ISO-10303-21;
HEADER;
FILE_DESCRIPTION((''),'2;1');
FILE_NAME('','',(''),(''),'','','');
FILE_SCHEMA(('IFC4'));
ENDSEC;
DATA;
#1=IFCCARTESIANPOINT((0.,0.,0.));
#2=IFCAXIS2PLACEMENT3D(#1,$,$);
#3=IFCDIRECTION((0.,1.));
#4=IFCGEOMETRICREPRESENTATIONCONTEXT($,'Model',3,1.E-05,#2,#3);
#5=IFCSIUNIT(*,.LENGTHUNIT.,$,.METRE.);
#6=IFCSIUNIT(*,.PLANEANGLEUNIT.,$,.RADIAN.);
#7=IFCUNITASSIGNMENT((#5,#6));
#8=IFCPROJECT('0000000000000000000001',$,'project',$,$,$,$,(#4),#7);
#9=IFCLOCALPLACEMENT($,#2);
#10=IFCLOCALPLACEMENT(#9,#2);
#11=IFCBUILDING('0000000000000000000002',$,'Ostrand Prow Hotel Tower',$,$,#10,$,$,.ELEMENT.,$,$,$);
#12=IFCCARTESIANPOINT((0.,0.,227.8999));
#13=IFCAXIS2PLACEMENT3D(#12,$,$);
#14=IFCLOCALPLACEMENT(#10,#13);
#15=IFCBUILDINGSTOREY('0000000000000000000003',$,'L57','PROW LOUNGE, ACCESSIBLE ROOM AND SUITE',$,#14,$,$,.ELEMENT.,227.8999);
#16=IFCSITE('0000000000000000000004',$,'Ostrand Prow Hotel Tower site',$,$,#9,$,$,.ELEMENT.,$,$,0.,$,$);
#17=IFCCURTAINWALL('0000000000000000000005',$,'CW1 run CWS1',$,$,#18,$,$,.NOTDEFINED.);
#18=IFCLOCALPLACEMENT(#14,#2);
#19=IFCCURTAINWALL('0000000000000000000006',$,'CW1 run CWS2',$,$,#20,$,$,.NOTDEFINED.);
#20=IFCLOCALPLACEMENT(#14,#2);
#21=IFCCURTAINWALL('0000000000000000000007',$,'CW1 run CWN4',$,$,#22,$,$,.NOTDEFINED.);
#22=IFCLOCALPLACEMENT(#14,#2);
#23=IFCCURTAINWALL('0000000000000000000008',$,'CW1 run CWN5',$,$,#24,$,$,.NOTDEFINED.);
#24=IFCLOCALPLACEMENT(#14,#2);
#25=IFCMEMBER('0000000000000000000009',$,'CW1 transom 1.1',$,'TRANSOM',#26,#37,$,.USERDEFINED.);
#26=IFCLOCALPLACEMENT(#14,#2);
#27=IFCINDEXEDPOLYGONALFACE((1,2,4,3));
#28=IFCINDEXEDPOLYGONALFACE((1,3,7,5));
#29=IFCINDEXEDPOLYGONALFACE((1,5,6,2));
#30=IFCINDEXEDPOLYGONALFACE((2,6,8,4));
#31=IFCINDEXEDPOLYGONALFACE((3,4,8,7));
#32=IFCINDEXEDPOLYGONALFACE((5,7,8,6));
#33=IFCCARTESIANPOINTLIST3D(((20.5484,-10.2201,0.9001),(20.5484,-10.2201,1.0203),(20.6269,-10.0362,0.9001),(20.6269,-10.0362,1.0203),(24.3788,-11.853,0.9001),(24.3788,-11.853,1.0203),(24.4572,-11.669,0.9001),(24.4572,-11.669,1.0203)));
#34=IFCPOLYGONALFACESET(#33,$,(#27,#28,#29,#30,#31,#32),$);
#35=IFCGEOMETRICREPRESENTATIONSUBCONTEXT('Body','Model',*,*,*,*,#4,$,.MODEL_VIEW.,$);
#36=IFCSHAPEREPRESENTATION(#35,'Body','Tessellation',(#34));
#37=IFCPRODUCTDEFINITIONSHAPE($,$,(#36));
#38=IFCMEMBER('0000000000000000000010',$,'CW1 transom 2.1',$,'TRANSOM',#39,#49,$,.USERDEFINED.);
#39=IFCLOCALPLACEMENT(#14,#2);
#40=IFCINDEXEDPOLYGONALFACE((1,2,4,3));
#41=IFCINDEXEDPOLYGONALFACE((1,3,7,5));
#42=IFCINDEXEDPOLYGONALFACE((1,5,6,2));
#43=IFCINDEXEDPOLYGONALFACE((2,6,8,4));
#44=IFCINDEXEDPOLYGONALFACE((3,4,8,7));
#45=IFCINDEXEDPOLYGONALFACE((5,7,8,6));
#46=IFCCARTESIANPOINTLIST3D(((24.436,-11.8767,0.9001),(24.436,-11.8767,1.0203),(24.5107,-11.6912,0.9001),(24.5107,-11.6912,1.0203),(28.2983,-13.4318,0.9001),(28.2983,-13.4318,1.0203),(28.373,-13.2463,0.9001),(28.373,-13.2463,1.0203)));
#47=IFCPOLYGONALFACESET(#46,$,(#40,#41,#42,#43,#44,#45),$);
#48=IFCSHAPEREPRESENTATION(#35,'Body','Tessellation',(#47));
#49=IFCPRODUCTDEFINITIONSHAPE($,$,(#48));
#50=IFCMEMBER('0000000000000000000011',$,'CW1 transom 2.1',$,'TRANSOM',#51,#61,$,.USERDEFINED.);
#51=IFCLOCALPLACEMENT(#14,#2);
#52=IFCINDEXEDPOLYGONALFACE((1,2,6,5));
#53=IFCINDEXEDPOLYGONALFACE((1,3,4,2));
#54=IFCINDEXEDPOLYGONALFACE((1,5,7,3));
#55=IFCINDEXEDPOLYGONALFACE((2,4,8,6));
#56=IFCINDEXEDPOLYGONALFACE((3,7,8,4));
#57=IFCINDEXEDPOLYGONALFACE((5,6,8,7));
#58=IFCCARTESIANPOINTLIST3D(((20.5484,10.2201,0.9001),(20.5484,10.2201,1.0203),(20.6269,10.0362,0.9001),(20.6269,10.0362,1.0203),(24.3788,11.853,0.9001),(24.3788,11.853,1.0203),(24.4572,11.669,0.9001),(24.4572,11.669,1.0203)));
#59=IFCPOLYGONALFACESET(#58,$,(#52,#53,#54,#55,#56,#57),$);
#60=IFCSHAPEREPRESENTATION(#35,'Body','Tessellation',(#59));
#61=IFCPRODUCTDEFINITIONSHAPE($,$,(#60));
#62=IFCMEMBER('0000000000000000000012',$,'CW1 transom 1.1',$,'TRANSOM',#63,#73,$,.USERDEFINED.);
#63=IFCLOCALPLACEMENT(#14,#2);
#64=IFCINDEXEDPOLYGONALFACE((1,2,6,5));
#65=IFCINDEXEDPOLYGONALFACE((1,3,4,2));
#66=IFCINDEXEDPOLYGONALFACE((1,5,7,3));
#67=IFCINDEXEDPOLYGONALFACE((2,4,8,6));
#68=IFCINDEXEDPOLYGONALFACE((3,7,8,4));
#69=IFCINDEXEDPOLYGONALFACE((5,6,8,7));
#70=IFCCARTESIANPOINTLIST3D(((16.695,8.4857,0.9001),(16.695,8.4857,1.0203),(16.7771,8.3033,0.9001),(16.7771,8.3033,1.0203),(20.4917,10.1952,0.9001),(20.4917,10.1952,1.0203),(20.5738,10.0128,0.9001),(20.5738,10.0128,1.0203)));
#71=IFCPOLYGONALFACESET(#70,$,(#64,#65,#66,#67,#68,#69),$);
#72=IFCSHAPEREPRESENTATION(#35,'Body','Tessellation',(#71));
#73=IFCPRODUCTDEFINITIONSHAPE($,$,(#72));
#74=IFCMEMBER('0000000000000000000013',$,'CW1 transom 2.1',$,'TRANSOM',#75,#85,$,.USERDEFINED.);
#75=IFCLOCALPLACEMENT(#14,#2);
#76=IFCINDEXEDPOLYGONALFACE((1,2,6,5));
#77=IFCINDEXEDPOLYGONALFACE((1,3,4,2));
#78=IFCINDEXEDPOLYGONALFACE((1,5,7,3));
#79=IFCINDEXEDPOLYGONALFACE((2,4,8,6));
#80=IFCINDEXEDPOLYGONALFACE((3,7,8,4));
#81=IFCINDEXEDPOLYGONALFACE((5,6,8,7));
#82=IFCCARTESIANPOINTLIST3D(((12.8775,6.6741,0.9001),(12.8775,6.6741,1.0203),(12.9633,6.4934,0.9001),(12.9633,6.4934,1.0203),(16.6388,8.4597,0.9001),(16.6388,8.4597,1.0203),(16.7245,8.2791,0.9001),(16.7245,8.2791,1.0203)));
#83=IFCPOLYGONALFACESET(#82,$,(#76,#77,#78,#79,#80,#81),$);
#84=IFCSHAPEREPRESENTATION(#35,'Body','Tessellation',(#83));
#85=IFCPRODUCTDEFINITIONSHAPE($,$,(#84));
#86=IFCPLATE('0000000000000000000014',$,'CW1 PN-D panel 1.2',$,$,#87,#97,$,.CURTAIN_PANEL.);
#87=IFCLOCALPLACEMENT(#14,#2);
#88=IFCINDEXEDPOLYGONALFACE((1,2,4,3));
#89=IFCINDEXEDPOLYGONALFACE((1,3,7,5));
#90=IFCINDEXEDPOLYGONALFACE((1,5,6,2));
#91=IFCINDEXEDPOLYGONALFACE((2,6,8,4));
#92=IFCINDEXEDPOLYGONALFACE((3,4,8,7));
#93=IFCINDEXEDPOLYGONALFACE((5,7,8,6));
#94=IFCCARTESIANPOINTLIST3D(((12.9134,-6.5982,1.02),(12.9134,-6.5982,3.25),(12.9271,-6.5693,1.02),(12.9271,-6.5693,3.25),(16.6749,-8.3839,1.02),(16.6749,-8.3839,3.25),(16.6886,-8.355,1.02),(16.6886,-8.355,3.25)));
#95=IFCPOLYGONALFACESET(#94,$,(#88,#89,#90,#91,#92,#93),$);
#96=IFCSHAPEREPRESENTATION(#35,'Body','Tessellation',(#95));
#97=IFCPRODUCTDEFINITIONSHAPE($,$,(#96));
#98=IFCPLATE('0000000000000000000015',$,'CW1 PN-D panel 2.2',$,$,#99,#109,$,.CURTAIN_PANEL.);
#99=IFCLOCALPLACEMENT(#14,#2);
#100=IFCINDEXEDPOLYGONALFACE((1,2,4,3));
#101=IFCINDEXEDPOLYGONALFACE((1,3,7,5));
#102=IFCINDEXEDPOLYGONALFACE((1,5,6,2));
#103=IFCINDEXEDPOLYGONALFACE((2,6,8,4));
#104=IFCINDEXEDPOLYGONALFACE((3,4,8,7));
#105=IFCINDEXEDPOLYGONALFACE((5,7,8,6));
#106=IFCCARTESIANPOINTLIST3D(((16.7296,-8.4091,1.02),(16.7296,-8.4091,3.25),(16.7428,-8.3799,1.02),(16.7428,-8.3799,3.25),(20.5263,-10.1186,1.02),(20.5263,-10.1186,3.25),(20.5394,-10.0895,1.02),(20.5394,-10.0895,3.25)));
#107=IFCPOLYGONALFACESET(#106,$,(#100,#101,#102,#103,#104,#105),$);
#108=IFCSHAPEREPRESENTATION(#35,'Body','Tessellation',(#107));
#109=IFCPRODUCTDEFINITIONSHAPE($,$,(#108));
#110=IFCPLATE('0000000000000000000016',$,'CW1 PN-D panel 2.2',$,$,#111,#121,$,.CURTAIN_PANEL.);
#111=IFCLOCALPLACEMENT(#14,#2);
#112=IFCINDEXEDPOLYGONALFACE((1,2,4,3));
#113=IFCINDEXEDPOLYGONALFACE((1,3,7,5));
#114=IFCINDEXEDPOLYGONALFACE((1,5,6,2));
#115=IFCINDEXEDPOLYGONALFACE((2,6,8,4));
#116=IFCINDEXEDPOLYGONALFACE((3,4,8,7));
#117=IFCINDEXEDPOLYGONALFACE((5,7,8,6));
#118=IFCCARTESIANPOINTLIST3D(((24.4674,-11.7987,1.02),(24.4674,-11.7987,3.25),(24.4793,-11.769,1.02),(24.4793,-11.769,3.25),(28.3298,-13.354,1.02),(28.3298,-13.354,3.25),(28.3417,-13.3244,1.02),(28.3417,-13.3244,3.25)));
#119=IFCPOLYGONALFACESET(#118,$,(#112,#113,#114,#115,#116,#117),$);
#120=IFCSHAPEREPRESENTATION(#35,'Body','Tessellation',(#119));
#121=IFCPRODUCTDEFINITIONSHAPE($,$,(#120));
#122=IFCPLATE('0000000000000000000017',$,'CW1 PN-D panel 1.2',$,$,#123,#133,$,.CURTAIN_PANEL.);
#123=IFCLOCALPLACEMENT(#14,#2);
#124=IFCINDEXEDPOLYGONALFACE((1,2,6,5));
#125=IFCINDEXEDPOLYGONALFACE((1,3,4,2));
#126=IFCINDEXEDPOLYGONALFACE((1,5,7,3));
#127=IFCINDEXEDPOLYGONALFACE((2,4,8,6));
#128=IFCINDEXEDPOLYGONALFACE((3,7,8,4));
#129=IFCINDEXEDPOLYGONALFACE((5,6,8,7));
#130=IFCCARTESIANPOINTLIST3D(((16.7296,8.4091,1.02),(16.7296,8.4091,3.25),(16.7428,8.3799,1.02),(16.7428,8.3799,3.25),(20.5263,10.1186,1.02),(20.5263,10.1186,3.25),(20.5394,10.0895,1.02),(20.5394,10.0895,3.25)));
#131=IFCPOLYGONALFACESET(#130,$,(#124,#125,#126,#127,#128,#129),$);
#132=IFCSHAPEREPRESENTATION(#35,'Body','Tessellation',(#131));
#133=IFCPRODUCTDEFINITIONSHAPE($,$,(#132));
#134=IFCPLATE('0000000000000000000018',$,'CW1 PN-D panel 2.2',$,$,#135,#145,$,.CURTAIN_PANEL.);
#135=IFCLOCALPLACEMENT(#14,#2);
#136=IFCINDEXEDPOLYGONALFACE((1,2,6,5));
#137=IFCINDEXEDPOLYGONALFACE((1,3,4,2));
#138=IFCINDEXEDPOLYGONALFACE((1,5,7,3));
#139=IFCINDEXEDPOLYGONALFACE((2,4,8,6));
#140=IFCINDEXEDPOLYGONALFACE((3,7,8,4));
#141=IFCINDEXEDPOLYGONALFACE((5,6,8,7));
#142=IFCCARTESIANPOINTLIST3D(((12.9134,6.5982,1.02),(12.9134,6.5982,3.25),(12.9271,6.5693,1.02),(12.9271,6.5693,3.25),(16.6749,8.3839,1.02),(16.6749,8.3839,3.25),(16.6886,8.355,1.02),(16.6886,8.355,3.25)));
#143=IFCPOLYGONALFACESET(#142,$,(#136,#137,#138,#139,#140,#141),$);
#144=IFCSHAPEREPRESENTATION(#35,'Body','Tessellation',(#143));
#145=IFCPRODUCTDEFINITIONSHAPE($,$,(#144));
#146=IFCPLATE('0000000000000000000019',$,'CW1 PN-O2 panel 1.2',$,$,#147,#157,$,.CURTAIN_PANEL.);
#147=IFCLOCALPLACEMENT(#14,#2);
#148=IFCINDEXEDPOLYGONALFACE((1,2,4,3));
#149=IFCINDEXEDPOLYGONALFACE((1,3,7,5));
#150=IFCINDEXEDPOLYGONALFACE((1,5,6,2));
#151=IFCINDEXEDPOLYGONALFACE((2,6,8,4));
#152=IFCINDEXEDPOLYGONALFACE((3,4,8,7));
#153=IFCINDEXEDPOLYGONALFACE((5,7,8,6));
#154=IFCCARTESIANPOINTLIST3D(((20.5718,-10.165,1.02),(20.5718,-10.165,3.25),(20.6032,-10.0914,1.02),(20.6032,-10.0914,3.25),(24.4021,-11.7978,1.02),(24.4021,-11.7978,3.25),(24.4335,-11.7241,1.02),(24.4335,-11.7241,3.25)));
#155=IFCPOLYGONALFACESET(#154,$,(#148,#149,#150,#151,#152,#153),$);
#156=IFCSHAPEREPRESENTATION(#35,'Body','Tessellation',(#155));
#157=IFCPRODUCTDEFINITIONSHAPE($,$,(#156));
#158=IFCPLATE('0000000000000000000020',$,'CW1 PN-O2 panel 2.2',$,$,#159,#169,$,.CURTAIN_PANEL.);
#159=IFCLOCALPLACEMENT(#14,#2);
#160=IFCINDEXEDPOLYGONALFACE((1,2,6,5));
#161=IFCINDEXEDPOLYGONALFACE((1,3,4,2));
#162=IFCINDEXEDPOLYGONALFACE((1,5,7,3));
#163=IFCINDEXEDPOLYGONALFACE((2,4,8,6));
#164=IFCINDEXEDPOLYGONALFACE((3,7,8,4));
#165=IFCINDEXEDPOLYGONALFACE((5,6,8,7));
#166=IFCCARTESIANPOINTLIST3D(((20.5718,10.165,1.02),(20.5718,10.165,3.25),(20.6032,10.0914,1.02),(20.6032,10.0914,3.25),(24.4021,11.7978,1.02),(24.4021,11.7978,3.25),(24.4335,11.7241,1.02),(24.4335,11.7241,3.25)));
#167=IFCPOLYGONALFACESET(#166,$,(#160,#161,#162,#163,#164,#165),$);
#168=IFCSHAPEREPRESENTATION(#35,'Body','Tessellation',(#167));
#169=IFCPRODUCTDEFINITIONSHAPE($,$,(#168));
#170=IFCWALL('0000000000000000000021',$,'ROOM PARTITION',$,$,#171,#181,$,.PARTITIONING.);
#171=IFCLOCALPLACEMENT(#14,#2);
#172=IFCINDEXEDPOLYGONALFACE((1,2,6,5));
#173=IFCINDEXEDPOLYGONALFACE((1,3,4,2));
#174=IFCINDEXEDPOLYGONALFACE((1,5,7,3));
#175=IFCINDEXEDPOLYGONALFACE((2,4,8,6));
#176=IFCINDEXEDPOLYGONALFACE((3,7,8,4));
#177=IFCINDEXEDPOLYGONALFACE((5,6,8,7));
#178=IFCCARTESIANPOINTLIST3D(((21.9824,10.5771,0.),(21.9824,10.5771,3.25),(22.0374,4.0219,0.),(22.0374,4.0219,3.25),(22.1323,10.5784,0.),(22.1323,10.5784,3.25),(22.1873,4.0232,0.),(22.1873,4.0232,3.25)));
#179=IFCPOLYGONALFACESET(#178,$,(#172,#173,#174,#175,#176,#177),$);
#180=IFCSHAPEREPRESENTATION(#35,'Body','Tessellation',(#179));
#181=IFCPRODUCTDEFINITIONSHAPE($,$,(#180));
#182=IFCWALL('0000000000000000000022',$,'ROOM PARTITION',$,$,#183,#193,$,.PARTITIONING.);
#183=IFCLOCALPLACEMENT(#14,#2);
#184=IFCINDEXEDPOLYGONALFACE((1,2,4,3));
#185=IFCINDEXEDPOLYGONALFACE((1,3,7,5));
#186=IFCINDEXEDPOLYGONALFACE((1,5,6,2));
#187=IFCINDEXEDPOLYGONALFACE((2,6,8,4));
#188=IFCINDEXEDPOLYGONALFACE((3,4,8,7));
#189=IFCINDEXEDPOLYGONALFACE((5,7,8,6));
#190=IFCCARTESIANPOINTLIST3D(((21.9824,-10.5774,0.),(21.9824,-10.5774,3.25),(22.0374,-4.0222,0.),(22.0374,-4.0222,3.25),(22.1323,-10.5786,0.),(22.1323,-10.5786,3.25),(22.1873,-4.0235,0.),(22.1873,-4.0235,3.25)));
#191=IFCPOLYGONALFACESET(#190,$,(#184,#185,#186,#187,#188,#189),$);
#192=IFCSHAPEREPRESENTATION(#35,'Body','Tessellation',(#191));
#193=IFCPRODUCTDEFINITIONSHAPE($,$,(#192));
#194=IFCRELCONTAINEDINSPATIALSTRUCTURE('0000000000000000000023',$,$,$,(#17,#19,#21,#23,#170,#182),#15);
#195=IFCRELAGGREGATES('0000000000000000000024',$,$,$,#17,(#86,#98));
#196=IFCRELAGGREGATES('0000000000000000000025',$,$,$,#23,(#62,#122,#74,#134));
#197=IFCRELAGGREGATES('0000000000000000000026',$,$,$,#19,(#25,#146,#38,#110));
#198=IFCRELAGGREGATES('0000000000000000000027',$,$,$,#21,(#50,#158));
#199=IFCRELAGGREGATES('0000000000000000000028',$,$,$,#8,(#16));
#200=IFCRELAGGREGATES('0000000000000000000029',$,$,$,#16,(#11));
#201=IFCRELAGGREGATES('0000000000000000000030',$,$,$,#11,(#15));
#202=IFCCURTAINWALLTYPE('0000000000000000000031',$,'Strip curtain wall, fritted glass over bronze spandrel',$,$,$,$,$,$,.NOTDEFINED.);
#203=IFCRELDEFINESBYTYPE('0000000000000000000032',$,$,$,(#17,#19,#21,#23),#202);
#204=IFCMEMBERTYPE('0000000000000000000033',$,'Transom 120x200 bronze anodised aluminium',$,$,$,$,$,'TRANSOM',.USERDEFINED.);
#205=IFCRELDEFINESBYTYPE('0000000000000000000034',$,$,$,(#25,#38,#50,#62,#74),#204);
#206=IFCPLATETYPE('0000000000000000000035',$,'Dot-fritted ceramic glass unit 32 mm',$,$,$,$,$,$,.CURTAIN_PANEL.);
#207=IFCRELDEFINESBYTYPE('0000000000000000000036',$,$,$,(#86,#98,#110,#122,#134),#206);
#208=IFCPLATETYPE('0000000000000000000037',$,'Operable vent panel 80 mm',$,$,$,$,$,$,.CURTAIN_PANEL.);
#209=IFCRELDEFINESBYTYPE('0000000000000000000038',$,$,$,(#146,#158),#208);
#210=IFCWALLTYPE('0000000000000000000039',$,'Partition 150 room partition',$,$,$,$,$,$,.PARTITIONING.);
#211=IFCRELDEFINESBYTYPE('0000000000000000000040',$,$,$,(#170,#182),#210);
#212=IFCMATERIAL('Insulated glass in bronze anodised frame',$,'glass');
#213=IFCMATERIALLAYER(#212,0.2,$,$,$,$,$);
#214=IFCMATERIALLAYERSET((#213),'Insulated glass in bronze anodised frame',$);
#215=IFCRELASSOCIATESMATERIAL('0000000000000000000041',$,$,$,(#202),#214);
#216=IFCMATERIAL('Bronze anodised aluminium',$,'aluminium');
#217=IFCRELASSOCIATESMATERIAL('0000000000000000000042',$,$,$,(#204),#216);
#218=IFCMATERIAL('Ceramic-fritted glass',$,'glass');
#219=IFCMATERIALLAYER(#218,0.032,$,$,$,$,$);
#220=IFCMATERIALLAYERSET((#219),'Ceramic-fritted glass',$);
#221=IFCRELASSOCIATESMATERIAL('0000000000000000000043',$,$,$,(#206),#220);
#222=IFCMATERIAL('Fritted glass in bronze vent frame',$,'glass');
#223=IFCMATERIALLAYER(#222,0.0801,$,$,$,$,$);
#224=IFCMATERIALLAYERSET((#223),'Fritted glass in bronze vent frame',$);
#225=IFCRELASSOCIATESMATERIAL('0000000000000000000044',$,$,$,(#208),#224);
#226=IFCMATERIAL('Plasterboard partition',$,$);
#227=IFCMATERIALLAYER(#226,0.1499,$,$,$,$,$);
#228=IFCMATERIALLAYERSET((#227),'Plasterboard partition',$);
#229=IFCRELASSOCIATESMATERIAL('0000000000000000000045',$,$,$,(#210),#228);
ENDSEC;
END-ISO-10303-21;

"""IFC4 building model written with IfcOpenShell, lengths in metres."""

from ifc_helpers import new_model, si_unit, direction, frame, frame_2d, origin, origin_2d, place, context, subcontext, project, spatial, rectangle, extrude, material, layer, layer_set, material_profile, profile_set, type_object, element, aggregate, save


model = new_model("IFC4")

# Units and contexts
model_context = context("Model", 3, precision=1e-05, world=origin(), true_north=direction((0.0, 1.0)))
body_context = subcontext(model_context, "Body", "Model", "MODEL_VIEW")
ifc_project = project(units=[si_unit("LENGTHUNIT", "METRE"), si_unit("PLANEANGLEUNIT", "RADIAN")], contexts=[model_context])

# Site, building, storey
site_placement = place(None, origin())
site = spatial("IfcSite", under=ifc_project, at=site_placement, Name="Ostrand Prow Hotel Tower site", CompositionType="ELEMENT", RefElevation=0.0)
building_placement = place(site_placement, origin())
building = spatial("IfcBuilding", under=site, at=building_placement, Name="Ostrand Prow Hotel Tower", CompositionType="ELEMENT")
storey_placement = place(building_placement, frame((0.0, 0.0, 227.8999)))
storey = spatial("IfcBuildingStorey", under=building, at=storey_placement, Name="L57", Description="PROW LOUNGE, ACCESSIBLE ROOM AND SUITE", CompositionType="ELEMENT", Elevation=227.8999)

# Curtain wall
ifc_material_1 = material(Name="Insulated glass in bronze anodised frame", Category="glass")
ifc_layer_1 = layer(ifc_material_1, 0.2)
ifc_layer_set_1 = layer_set([ifc_layer_1], Name="Insulated glass in bronze anodised frame")
curtain_wall_type = type_object("IfcCurtainWallType", Name="Strip curtain wall, fritted glass over bronze spandrel", PredefinedType="NOTDEFINED", material=ifc_layer_set_1)
curtain_wall_1_placement = place(storey_placement, origin())
curtain_wall_1 = element("IfcCurtainWall", 1, at=curtain_wall_1_placement, inside=storey, type_object=curtain_wall_type, Name="CW1 run CWS1", PredefinedType="NOTDEFINED")

# Curtain wall
curtain_wall_2_placement = place(storey_placement, origin())
curtain_wall_2 = element("IfcCurtainWall", 2, at=curtain_wall_2_placement, inside=storey, type_object=curtain_wall_type, Name="CW1 run CWS2", PredefinedType="NOTDEFINED")

# Curtain wall
curtain_wall_3_placement = place(storey_placement, origin())
curtain_wall_3 = element("IfcCurtainWall", 3, at=curtain_wall_3_placement, inside=storey, type_object=curtain_wall_type, Name="CW1 run CWN4", PredefinedType="NOTDEFINED")

# Curtain wall
curtain_wall_4_placement = place(storey_placement, origin())
curtain_wall_4 = element("IfcCurtainWall", 4, at=curtain_wall_4_placement, inside=storey, type_object=curtain_wall_type, Name="CW1 run CWN5", PredefinedType="NOTDEFINED")

# Members
ifc_material_2 = material(Name="Bronze anodised aluminium", Category="aluminium")
ifc_material_profile_1 = material_profile(ifc_material_2, rectangle(XDim=0.2, YDim=0.1201, at=origin_2d()), Name="Transom 120x200 bronze anodised aluminium")
ifc_profile_set_1 = profile_set([ifc_material_profile_1], Name="Bronze anodised aluminium")
member_type_1 = type_object("IfcMemberType", Name="Transom 120x200 bronze anodised aluminium", ElementType="TRANSOM", PredefinedType="USERDEFINED", material=ifc_profile_set_1)
member_1_placement = place(storey_placement, frame((20.5876, -10.1282, 0.9602), z_axis=(0.919905, -0.392142, 0.0), x_axis=(0.392142, 0.919905, 0.0)))
member_1 = element("IfcMember", 5, at=member_1_placement, type_object=member_type_1, Name="CW1 transom 1.1", ObjectType="TRANSOM", PredefinedType="USERDEFINED", context=body_context, shape_type="SweptSolid", body=[
    extrude(rectangle(XDim=0.2, YDim=0.1201, at=origin_2d()), origin(), (0.0, 0.0, 1.0), 4.1638),
])
member_2_placement = place(storey_placement, frame((24.4734, -11.7839, 0.9602), z_axis=(0.927625, -0.373513, 0.0), x_axis=(0.373513, 0.927625, 0.0)))
member_2 = element("IfcMember", 6, at=member_2_placement, type_object=member_type_1, Name="CW1 transom 2.1", ObjectType="TRANSOM", PredefinedType="USERDEFINED", context=body_context, shape_type="SweptSolid", body=[
    extrude(rectangle(XDim=0.2, YDim=0.1201, at=origin_2d()), origin(), (0.0, 0.0, 1.0), 4.1636),
])
member_3_placement = place(storey_placement, frame((24.418, 11.761, 0.9602), z_axis=(-0.919905, -0.392142, 0.0), x_axis=(0.392142, -0.919905, 0.0)))
member_3 = element("IfcMember", 7, at=member_3_placement, type_object=member_type_1, Name="CW1 transom 2.1", ObjectType="TRANSOM", PredefinedType="USERDEFINED", context=body_context, shape_type="SweptSolid", body=[
    extrude(rectangle(XDim=0.2, YDim=0.1201, at=origin_2d()), origin(), (0.0, 0.0, 1.0), 4.1638),
])
member_4_placement = place(storey_placement, frame((20.5327, 10.104, 0.9602), z_axis=(-0.911833, -0.410562, 0.0), x_axis=(0.410562, -0.911833, 0.0)))
member_4 = element("IfcMember", 8, at=member_4_placement, type_object=member_type_1, Name="CW1 transom 1.1", ObjectType="TRANSOM", PredefinedType="USERDEFINED", context=body_context, shape_type="SweptSolid", body=[
    extrude(rectangle(XDim=0.2, YDim=0.1201, at=origin_2d()), origin(), (0.0, 0.0, 1.0), 4.1638),
])
member_5_placement = place(storey_placement, frame((16.6816, 8.3694, 0.9602), z_axis=(-0.903365, -0.428873, 0.0), x_axis=(0.428873, -0.903365, 0.0)))
member_5 = element("IfcMember", 9, at=member_5_placement, type_object=member_type_1, Name="CW1 transom 2.1", ObjectType="TRANSOM", PredefinedType="USERDEFINED", context=body_context, shape_type="SweptSolid", body=[
    extrude(rectangle(XDim=0.2, YDim=0.1201, at=origin_2d()), origin(), (0.0, 0.0, 1.0), 4.1636),
])

# Plates
ifc_material_3 = material(Name="Ceramic-fritted glass", Category="glass")
ifc_layer_2 = layer(ifc_material_3, 0.032)
ifc_layer_set_2 = layer_set([ifc_layer_2], Name="Ceramic-fritted glass")
plate_type_1 = type_object("IfcPlateType", Name="Dot-fritted ceramic glass unit 32 mm", PredefinedType="CURTAIN_PANEL", material=ifc_layer_set_2)
plate_1_placement = place(storey_placement, frame((14.801, -7.4766, 1.02), z_axis=(0.0, 0.0, 1.0), x_axis=(0.90337, -0.428861, 0.0)))
plate_1 = element("IfcPlate", 10, at=plate_1_placement, type_object=plate_type_1, Name="CW1 PN-D panel 1.2", PredefinedType="CURTAIN_PANEL", context=body_context, shape_type="SweptSolid", body=[
    extrude(rectangle(XDim=4.1638, YDim=0.032, at=origin_2d()), origin(), (0.0, 0.0, 1.0), 2.23),
])
plate_2_placement = place(storey_placement, frame((18.6345, -9.2493, 1.02), z_axis=(0.0, 0.0, 1.0), x_axis=(0.911824, -0.410582, 0.0)))
plate_2 = element("IfcPlate", 11, at=plate_2_placement, type_object=plate_type_1, Name="CW1 PN-D panel 2.2", PredefinedType="CURTAIN_PANEL", context=body_context, shape_type="SweptSolid", body=[
    extrude(rectangle(XDim=4.1638, YDim=0.032, at=origin_2d()), origin(), (0.0, 0.0, 1.0), 2.23),
])
aggregate(curtain_wall_1, [plate_1, plate_2])
plate_3_placement = place(storey_placement, frame((26.4045, -12.5615, 1.02), z_axis=(0.0, 0.0, 1.0), x_axis=(0.927617, -0.373533, 0.0)))
plate_3 = element("IfcPlate", 12, at=plate_3_placement, type_object=plate_type_1, Name="CW1 PN-D panel 2.2", PredefinedType="CURTAIN_PANEL", context=body_context, shape_type="SweptSolid", body=[
    extrude(rectangle(XDim=4.1638, YDim=0.032, at=origin_2d()), origin(), (0.0, 0.0, 1.0), 2.23),
])
plate_4_placement = place(storey_placement, frame((18.6345, 9.2493, 1.02), z_axis=(0.0, 0.0, 1.0), x_axis=(-0.911824, -0.410582, 0.0)))
plate_4 = element("IfcPlate", 13, at=plate_4_placement, type_object=plate_type_1, Name="CW1 PN-D panel 1.2", PredefinedType="CURTAIN_PANEL", context=body_context, shape_type="SweptSolid", body=[
    extrude(rectangle(XDim=4.1638, YDim=0.032, at=origin_2d()), origin(), (0.0, 0.0, 1.0), 2.23),
])
plate_5_placement = place(storey_placement, frame((14.801, 7.4766, 1.02), z_axis=(0.0, 0.0, 1.0), x_axis=(-0.90337, -0.428861, 0.0)))
plate_5 = element("IfcPlate", 14, at=plate_5_placement, type_object=plate_type_1, Name="CW1 PN-D panel 2.2", PredefinedType="CURTAIN_PANEL", context=body_context, shape_type="SweptSolid", body=[
    extrude(rectangle(XDim=4.1638, YDim=0.032, at=origin_2d()), origin(), (0.0, 0.0, 1.0), 2.23),
])
aggregate(curtain_wall_4, [member_4, plate_4, member_5, plate_5])
ifc_material_4 = material(Name="Fritted glass in bronze vent frame", Category="glass")
ifc_layer_3 = layer(ifc_material_4, 0.0801)
ifc_layer_set_3 = layer_set([ifc_layer_3], Name="Fritted glass in bronze vent frame")
plate_type_2 = type_object("IfcPlateType", Name="Operable vent panel 80 mm", PredefinedType="CURTAIN_PANEL", material=ifc_layer_set_3)
plate_6_placement = place(storey_placement, frame((22.5027, -10.9446, 1.02), z_axis=(0.0, 0.0, 1.0), x_axis=(0.919907, -0.392136, 0.0)))
plate_6 = element("IfcPlate", 15, at=plate_6_placement, type_object=plate_type_2, Name="CW1 PN-O2 panel 1.2", PredefinedType="CURTAIN_PANEL", context=body_context, shape_type="SweptSolid", body=[
    extrude(rectangle(XDim=4.1638, YDim=0.0801, at=origin_2d()), origin(), (0.0, 0.0, 1.0), 2.23),
])
aggregate(curtain_wall_2, [member_1, plate_6, member_2, plate_3])
plate_7_placement = place(storey_placement, frame((22.5027, 10.9446, 1.02), z_axis=(0.0, 0.0, 1.0), x_axis=(-0.919907, -0.392136, 0.0)))
plate_7 = element("IfcPlate", 16, at=plate_7_placement, type_object=plate_type_2, Name="CW1 PN-O2 panel 2.2", PredefinedType="CURTAIN_PANEL", context=body_context, shape_type="SweptSolid", body=[
    extrude(rectangle(XDim=4.1638, YDim=0.0801, at=origin_2d()), origin(), (0.0, 0.0, 1.0), 2.23),
])
aggregate(curtain_wall_3, [member_3, plate_7])

# Walls
ifc_material_5 = material(Name="Plasterboard partition")
ifc_layer_4 = layer(ifc_material_5, 0.1499)
ifc_layer_set_4 = layer_set([ifc_layer_4], Name="Plasterboard partition")
wall_type_1 = type_object("IfcWallType", Name="Partition 150 room partition", PredefinedType="PARTITIONING", material=ifc_layer_set_4)
for number, where, z_axis, x_axis, name in (
    (17, (22.0574, 10.5779, 0.0), (0.0, 0.0, 1.0), (0.00838, -0.999965, 0.0), "ROOM PARTITION"),
    (18, (22.1123, -4.0227, 0.0), (0.0, 0.0, 1.0), (-0.00838, -0.999965, 0.0), "ROOM PARTITION"),
):
    element("IfcWall", number, at=place(storey_placement, frame(where, z_axis=z_axis, x_axis=x_axis)), inside=storey, type_object=wall_type_1, Name=name, PredefinedType="PARTITIONING", context=body_context, shape_type="SweptSolid", body=[
        extrude(rectangle(XDim=6.5554, YDim=0.1499, at=frame_2d((3.2778, 0.0))), origin(), (0.0, 0.0, 1.0), 3.25),
    ])

save(model, "model.ifc")
